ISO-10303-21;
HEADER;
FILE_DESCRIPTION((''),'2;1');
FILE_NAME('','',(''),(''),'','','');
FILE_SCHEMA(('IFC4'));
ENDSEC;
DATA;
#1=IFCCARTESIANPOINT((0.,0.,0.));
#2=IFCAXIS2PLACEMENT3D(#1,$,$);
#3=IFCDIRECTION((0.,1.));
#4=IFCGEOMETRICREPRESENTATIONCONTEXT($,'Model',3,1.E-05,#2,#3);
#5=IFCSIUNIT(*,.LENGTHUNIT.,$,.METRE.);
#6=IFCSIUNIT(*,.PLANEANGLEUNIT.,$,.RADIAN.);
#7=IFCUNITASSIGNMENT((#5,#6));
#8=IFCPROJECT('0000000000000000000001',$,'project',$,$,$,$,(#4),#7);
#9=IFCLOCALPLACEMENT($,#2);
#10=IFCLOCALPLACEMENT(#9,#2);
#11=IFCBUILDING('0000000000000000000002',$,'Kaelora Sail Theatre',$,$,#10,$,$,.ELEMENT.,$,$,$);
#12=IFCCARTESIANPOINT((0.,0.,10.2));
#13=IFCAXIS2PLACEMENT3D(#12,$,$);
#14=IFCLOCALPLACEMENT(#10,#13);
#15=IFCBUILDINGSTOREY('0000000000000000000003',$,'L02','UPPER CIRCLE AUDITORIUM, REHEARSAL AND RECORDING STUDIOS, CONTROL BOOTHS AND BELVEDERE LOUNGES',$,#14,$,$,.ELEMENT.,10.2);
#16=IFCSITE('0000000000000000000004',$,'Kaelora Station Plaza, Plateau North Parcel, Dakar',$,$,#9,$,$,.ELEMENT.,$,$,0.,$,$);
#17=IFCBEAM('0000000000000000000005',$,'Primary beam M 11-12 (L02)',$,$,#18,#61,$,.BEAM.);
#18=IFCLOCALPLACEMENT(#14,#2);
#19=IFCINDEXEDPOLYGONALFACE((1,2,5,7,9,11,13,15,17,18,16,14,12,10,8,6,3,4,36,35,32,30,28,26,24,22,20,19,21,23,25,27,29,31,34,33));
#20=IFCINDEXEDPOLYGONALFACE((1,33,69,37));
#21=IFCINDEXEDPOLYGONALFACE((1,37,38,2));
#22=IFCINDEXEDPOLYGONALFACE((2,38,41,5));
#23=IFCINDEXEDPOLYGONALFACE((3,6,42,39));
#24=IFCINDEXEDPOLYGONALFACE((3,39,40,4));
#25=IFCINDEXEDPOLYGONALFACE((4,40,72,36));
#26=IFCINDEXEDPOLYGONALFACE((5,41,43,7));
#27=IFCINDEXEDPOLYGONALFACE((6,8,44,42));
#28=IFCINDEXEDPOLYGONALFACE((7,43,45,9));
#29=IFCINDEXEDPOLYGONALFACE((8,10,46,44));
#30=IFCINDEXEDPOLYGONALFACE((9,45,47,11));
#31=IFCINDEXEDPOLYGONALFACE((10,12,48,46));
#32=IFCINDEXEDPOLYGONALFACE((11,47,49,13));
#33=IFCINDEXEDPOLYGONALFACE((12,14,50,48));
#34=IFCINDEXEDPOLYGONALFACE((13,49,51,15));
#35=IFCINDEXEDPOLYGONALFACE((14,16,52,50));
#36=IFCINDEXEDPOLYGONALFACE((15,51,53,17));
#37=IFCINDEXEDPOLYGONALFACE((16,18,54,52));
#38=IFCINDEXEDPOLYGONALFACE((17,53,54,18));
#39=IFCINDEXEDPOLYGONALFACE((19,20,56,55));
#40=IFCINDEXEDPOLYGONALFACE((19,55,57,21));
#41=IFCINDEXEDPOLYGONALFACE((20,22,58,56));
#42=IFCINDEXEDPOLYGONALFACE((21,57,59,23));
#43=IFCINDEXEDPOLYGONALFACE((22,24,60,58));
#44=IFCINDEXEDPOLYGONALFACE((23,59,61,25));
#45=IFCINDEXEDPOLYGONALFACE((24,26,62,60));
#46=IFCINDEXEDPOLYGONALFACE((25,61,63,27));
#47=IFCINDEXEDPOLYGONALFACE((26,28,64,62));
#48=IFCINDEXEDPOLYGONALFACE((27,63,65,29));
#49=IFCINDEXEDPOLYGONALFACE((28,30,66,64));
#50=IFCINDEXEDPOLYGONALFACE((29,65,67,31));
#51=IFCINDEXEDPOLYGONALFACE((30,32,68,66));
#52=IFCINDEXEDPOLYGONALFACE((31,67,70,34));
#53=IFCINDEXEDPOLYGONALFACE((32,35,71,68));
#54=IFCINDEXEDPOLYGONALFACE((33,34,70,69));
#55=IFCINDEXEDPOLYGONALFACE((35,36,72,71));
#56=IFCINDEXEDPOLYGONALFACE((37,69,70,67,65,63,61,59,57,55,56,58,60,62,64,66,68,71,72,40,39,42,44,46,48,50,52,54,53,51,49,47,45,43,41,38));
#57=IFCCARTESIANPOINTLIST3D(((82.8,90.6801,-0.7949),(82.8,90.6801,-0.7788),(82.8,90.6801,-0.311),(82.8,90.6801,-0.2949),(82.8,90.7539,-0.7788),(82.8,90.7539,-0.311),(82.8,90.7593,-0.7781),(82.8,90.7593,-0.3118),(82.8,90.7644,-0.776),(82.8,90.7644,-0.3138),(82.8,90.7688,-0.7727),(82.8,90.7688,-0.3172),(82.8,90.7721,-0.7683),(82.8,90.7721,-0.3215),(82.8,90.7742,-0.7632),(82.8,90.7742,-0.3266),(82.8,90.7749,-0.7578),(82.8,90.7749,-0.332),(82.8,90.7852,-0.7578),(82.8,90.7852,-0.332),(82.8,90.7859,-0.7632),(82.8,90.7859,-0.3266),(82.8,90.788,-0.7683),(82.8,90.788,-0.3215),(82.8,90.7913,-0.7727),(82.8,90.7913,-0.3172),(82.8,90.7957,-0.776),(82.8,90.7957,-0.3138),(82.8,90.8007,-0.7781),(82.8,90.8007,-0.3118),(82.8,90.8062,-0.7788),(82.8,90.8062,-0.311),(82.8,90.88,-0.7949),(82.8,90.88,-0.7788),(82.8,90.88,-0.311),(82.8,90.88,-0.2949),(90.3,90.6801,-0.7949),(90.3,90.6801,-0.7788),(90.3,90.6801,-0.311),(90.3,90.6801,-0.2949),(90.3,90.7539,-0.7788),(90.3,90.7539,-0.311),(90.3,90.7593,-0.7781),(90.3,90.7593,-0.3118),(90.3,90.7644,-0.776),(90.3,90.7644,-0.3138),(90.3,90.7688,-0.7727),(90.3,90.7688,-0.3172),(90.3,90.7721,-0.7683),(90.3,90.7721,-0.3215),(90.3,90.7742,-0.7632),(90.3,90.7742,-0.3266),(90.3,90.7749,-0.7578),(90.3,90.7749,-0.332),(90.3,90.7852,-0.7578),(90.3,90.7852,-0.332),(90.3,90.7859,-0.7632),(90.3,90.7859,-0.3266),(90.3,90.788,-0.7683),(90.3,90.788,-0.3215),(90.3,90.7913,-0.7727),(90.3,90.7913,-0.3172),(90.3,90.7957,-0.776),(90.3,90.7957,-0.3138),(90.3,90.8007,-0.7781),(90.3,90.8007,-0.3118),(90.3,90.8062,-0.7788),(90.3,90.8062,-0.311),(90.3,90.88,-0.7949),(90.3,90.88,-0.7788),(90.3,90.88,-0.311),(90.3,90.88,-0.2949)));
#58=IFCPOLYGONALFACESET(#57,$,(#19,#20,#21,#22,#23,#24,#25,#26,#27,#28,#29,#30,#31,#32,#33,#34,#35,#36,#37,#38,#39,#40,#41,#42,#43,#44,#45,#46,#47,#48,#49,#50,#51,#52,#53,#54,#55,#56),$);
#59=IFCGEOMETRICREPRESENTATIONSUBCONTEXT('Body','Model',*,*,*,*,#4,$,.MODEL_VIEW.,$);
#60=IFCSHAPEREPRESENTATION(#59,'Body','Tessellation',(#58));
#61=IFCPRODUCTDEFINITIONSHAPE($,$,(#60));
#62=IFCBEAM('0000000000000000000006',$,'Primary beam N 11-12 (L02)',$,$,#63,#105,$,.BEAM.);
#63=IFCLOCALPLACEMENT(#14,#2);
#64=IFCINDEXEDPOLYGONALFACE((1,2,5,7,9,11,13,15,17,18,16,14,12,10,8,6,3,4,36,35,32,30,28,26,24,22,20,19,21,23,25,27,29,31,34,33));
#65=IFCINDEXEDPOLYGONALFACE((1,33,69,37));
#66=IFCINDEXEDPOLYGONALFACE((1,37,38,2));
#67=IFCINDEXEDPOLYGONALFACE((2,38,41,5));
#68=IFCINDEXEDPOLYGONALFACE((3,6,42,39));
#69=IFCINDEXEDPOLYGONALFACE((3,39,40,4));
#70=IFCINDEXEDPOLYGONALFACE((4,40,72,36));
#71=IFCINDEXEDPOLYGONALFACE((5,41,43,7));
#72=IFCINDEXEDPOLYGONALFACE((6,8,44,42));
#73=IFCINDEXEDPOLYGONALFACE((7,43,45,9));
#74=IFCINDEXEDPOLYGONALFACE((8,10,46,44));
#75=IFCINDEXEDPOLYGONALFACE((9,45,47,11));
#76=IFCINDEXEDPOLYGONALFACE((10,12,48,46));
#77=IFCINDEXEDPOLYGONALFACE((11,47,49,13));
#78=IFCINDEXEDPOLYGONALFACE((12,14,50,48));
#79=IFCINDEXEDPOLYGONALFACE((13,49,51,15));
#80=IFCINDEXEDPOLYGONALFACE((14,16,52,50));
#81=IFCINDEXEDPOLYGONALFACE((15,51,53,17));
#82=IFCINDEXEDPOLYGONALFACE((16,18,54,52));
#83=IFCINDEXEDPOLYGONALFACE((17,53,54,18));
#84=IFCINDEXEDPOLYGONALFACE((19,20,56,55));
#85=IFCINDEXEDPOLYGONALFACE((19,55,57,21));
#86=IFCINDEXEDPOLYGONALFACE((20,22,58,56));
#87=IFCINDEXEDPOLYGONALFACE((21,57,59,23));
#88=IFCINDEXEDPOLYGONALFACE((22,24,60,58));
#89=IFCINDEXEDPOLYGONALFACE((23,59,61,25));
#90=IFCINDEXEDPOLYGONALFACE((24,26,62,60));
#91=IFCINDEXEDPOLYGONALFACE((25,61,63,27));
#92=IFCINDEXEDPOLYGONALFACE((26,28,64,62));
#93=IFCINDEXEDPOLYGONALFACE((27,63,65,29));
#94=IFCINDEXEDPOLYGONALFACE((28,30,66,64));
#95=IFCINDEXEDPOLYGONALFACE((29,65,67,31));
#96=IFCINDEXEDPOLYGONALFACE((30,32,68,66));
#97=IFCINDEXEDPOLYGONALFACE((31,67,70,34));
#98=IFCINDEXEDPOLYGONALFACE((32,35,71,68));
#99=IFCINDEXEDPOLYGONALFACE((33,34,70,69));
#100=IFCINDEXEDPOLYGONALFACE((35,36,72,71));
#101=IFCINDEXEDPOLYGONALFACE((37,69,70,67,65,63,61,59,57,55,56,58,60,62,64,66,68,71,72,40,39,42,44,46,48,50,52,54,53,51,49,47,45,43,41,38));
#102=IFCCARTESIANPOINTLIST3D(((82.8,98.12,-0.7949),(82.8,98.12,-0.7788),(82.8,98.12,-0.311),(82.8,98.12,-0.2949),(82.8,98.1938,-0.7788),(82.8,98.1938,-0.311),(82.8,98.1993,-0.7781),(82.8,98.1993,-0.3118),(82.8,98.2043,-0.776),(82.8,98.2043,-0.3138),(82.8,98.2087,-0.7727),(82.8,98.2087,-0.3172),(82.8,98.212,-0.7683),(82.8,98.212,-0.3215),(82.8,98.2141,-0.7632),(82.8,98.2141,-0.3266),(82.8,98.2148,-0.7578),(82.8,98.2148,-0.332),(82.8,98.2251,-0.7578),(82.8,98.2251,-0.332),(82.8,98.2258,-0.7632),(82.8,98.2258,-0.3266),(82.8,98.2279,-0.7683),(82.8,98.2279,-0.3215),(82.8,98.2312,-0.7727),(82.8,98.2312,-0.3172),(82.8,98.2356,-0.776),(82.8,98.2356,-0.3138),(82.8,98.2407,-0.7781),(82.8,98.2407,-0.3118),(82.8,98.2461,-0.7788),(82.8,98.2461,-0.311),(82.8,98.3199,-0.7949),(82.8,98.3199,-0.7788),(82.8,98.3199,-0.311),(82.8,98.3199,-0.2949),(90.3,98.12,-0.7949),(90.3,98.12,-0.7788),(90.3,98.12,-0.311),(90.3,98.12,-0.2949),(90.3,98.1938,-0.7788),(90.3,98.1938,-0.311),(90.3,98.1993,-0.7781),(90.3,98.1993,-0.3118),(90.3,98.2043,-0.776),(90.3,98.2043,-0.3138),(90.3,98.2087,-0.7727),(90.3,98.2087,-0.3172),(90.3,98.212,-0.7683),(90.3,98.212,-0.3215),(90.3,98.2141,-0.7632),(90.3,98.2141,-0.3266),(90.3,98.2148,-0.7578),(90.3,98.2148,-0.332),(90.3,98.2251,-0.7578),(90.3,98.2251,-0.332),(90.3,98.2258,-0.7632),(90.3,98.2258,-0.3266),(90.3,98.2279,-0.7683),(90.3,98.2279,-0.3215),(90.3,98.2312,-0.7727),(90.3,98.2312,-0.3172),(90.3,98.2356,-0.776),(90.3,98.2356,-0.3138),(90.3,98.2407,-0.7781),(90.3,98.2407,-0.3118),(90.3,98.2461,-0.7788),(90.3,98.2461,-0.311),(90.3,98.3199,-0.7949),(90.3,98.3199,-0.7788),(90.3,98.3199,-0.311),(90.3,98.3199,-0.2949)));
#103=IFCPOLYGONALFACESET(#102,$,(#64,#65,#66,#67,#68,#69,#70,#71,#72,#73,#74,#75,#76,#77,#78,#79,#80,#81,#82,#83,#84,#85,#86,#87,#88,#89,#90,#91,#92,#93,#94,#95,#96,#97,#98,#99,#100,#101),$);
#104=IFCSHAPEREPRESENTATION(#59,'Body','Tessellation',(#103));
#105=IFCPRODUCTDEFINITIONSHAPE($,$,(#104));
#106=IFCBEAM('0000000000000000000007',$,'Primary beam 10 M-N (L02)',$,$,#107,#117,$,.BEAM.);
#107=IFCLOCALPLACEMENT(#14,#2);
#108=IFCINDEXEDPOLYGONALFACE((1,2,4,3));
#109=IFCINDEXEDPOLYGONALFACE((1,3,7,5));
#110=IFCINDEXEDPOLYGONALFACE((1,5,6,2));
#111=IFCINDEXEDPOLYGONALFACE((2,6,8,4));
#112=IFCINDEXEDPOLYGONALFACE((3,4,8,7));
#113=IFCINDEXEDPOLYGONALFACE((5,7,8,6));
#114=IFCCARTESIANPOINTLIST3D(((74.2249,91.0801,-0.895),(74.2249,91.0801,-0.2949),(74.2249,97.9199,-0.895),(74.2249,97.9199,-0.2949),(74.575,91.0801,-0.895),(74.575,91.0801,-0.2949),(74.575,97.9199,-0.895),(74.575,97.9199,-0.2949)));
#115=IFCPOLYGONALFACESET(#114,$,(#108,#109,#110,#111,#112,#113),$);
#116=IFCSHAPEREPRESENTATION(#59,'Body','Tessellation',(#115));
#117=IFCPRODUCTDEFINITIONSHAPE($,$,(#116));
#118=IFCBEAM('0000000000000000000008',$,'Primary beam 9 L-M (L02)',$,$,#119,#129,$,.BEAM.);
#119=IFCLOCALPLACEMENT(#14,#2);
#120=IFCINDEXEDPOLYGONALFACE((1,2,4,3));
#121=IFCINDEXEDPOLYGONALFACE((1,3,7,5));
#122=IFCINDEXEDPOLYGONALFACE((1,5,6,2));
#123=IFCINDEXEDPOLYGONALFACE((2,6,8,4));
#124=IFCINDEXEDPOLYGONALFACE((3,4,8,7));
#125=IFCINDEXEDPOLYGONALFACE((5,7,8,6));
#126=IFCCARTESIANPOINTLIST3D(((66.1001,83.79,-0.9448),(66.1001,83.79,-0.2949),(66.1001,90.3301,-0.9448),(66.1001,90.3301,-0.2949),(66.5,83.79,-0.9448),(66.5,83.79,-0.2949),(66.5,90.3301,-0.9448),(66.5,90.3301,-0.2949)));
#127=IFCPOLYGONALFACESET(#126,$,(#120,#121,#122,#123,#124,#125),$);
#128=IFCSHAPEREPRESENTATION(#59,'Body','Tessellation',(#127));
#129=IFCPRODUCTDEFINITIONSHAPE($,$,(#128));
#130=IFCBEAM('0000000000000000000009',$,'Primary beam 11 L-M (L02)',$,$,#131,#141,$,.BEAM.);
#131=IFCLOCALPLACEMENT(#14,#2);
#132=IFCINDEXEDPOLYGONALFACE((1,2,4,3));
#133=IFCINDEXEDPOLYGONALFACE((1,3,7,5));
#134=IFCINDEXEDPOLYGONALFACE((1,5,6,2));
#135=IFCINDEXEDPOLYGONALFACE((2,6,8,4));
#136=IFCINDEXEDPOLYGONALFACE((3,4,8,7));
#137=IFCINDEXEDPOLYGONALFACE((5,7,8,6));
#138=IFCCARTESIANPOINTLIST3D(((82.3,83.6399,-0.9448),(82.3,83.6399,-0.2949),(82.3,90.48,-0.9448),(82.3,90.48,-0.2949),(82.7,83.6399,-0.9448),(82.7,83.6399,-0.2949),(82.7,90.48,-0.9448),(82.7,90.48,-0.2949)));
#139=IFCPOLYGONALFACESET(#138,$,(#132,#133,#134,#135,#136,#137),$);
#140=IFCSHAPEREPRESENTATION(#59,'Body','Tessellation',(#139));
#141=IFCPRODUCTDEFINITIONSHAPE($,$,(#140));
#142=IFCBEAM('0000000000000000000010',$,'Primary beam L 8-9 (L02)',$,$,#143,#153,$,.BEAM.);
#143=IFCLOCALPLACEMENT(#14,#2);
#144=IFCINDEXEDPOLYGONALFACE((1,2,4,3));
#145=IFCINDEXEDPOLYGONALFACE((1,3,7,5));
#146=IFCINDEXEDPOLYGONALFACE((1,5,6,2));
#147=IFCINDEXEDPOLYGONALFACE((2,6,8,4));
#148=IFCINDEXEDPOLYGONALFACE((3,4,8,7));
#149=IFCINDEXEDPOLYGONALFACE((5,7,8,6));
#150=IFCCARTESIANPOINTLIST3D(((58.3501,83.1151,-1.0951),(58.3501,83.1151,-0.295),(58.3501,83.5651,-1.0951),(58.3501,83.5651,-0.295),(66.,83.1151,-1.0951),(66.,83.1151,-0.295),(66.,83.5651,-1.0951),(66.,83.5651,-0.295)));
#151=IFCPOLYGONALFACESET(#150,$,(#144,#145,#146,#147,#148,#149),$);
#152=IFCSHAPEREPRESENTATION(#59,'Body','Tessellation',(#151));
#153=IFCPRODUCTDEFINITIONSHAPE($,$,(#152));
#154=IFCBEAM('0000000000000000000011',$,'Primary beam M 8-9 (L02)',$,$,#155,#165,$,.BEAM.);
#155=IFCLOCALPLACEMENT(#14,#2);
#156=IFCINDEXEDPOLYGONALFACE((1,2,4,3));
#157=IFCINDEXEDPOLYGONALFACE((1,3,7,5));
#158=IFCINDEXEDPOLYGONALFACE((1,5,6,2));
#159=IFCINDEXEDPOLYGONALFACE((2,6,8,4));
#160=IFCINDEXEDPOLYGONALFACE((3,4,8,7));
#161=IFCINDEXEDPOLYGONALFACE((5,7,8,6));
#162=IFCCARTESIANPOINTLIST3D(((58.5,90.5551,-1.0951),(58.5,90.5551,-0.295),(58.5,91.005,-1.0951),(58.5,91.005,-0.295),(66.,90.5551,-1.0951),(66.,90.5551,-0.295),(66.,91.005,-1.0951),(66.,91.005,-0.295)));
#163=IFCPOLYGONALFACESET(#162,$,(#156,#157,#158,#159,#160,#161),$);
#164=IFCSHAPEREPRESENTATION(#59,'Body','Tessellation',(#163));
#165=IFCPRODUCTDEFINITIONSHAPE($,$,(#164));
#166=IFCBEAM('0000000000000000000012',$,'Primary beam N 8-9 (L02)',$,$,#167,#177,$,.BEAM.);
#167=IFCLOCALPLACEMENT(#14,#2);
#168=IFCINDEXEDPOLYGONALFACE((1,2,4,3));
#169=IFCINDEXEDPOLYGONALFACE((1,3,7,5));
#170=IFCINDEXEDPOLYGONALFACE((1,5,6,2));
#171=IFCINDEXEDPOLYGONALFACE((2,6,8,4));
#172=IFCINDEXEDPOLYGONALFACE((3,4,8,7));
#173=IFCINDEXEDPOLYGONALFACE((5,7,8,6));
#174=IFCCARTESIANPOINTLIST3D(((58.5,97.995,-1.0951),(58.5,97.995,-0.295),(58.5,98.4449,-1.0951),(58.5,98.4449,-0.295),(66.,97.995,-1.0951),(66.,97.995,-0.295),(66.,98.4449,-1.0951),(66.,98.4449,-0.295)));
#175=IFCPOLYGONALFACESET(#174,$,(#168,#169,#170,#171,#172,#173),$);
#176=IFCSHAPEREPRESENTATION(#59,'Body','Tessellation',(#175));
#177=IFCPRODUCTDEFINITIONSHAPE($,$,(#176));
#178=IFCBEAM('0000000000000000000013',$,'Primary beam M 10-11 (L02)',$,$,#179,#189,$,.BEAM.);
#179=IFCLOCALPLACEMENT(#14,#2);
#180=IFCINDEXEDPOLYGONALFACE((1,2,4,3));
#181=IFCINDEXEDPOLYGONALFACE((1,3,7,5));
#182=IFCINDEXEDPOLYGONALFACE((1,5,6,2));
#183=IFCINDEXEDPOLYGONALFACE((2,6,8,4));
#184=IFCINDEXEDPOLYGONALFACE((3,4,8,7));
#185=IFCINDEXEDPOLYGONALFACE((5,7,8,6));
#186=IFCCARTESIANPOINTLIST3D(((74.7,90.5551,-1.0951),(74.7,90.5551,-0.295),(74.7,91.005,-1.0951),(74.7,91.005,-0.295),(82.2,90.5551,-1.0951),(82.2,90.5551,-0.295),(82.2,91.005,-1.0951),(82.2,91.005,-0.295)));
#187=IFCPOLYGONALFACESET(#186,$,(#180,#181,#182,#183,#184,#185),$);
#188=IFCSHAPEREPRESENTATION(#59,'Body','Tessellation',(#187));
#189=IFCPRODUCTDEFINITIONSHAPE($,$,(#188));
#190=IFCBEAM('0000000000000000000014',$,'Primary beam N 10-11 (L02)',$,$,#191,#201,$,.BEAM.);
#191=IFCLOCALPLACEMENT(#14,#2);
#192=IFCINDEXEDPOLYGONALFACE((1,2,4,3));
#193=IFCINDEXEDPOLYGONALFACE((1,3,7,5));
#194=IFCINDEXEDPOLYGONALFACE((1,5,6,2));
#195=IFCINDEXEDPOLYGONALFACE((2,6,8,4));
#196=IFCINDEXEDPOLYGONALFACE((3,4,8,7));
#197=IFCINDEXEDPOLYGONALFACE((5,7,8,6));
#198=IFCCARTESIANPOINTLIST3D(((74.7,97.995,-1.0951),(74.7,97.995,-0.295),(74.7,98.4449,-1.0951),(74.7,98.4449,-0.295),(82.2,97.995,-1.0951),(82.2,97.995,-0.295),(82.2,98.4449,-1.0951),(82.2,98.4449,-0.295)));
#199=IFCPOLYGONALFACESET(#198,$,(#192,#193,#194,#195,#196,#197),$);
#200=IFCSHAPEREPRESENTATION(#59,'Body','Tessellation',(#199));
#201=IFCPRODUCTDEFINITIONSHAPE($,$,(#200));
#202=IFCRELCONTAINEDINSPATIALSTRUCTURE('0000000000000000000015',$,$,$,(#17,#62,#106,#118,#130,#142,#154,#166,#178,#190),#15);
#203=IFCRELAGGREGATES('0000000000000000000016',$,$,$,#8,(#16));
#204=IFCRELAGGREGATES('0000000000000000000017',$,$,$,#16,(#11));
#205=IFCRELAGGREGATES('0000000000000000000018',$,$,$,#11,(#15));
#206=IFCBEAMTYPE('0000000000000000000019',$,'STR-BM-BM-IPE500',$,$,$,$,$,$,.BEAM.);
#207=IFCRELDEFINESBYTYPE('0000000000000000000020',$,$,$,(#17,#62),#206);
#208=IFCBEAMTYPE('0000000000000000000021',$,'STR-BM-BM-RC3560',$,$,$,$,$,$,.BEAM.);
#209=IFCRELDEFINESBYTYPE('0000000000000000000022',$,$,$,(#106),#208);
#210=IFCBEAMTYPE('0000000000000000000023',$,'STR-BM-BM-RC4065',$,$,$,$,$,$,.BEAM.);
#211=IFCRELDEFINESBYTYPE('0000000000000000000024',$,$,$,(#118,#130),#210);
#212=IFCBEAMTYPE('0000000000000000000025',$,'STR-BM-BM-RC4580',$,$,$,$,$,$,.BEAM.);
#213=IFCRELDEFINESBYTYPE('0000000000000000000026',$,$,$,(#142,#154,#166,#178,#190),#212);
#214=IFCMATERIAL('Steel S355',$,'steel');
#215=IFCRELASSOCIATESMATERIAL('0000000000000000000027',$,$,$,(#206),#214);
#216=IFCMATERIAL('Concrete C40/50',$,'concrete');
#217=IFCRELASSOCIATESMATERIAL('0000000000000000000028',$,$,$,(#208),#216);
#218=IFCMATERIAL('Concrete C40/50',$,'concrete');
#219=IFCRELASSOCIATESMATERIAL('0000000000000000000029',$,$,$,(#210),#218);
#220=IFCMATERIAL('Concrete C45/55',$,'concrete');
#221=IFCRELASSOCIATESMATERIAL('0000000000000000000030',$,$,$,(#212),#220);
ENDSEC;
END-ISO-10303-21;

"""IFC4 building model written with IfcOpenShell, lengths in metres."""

from ifc_helpers import new_model, si_unit, direction, frame, origin, origin_2d, place, context, subcontext, project, spatial, rectangle, i_section, extrude, material, material_profile, profile_set, type_object, element, save


model = new_model("IFC4")

# Units and contexts
model_context = context("Model", 3, precision=1e-05, world=origin(), true_north=direction((0.0, 1.0)))
body_context = subcontext(model_context, "Body", "Model", "MODEL_VIEW")
ifc_project = project(units=[si_unit("LENGTHUNIT", "METRE"), si_unit("PLANEANGLEUNIT", "RADIAN")], contexts=[model_context])

# Site, building, storey
site_placement = place(None, origin())
site = spatial("IfcSite", under=ifc_project, at=site_placement, Name="Kaelora Station Plaza, Plateau North Parcel, Dakar", CompositionType="ELEMENT", RefElevation=0.0)
building_placement = place(site_placement, origin())
building = spatial("IfcBuilding", under=site, at=building_placement, Name="Kaelora Sail Theatre", CompositionType="ELEMENT")
storey_placement = place(building_placement, frame((0.0, 0.0, 10.2)))
storey = spatial("IfcBuildingStorey", under=building, at=storey_placement, Name="L02", Description="UPPER CIRCLE AUDITORIUM, REHEARSAL AND RECORDING STUDIOS, CONTROL BOOTHS AND BELVEDERE LOUNGES", CompositionType="ELEMENT", Elevation=10.2)

# Beams
ifc_material_1 = material(Name="Steel S355", Category="steel")
ifc_material_profile_1 = material_profile(ifc_material_1, i_section(OverallWidth=0.2, OverallDepth=0.5, WebThickness=0.0103, FlangeThickness=0.0161, FilletRadius=0.021, at=origin_2d()), Name="IPE 500")
ifc_profile_set_1 = profile_set([ifc_material_profile_1], Name="Steel S355")
beam_type_1 = type_object("IfcBeamType", Name="STR-BM-BM-IPE500", PredefinedType="BEAM", material=ifc_profile_set_1)
for number, where, z_axis, x_axis, name in (
    (1, (82.8, 90.78, -0.5449), (1.0, 0.0, 0.0), (0.0, 1.0, 0.0), "Primary beam M 11-12 (L02)"),
    (2, (82.8, 98.22, -0.5449), (1.0, 0.0, 0.0), (0.0, 1.0, 0.0), "Primary beam N 11-12 (L02)"),
):
    element("IfcBeam", number, at=place(storey_placement, frame(where, z_axis=z_axis, x_axis=x_axis)), inside=storey, type_object=beam_type_1, Name=name, PredefinedType="BEAM", context=body_context, shape_type="SweptSolid", body=[
        extrude(i_section(OverallWidth=0.2, OverallDepth=0.5, WebThickness=0.0103, FlangeThickness=0.0161, FilletRadius=0.021, at=origin_2d()), origin(), (0.0, 0.0, 1.0), 7.5),
    ])
ifc_material_2 = material(Name="Concrete C40/50", Category="concrete")
ifc_material_profile_2 = material_profile(ifc_material_2, rectangle(XDim=0.3501, YDim=0.6001, at=origin_2d()), Name="RC-BM 350x600")
ifc_profile_set_2 = profile_set([ifc_material_profile_2], Name="Concrete C40/50")
beam_type_2 = type_object("IfcBeamType", Name="STR-BM-BM-RC3560", PredefinedType="BEAM", material=ifc_profile_set_2)
beam_1_placement = place(storey_placement, frame((74.3999, 91.0801, -0.595), z_axis=(0.0, 1.0, 0.0), x_axis=(-1.0, 0.0, 0.0)))
element("IfcBeam", 3, at=beam_1_placement, inside=storey, type_object=beam_type_2, Name="Primary beam 10 M-N (L02)", PredefinedType="BEAM", context=body_context, shape_type="SweptSolid", body=[
    extrude(rectangle(XDim=0.3501, YDim=0.6001, at=origin_2d()), origin(), (0.0, 0.0, 1.0), 6.8398),
])
ifc_material_3 = material(Name="Concrete C40/50", Category="concrete")
ifc_material_profile_3 = material_profile(ifc_material_3, rectangle(XDim=0.3999, YDim=0.6499, at=origin_2d()), Name="RC-BM 400x650")
ifc_profile_set_3 = profile_set([ifc_material_profile_3], Name="Concrete C40/50")
beam_type_3 = type_object("IfcBeamType", Name="STR-BM-BM-RC4065", PredefinedType="BEAM", material=ifc_profile_set_3)
beam_2_placement = place(storey_placement, frame((66.3, 83.79, -0.6199), z_axis=(0.0, 1.0, 0.0), x_axis=(-1.0, 0.0, 0.0)))
element("IfcBeam", 4, at=beam_2_placement, inside=storey, type_object=beam_type_3, Name="Primary beam 9 L-M (L02)", PredefinedType="BEAM", context=body_context, shape_type="SweptSolid", body=[
    extrude(rectangle(XDim=0.3999, YDim=0.6499, at=origin_2d()), origin(), (0.0, 0.0, 1.0), 6.54),
])
beam_3_placement = place(storey_placement, frame((82.5, 83.6399, -0.6199), z_axis=(0.0, 1.0, 0.0), x_axis=(-1.0, 0.0, 0.0)))
element("IfcBeam", 5, at=beam_3_placement, inside=storey, type_object=beam_type_3, Name="Primary beam 11 L-M (L02)", PredefinedType="BEAM", context=body_context, shape_type="SweptSolid", body=[
    extrude(rectangle(XDim=0.3999, YDim=0.6499, at=origin_2d()), origin(), (0.0, 0.0, 1.0), 6.8401),
])
ifc_material_4 = material(Name="Concrete C45/55", Category="concrete")
ifc_material_profile_4 = material_profile(ifc_material_4, rectangle(XDim=0.45, YDim=0.8, at=origin_2d()), Name="RC-BM 450x800")
ifc_profile_set_4 = profile_set([ifc_material_profile_4], Name="Concrete C45/55")
beam_type_4 = type_object("IfcBeamType", Name="STR-BM-BM-RC4580", PredefinedType="BEAM", material=ifc_profile_set_4)
beam_4_placement = place(storey_placement, frame((58.3501, 83.3401, -0.6951), z_axis=(1.0, 0.0, 0.0), x_axis=(0.0, 1.0, 0.0)))
element("IfcBeam", 6, at=beam_4_placement, inside=storey, type_object=beam_type_4, Name="Primary beam L 8-9 (L02)", PredefinedType="BEAM", context=body_context, shape_type="SweptSolid", body=[
    extrude(rectangle(XDim=0.45, YDim=0.8, at=origin_2d()), origin(), (0.0, 0.0, 1.0), 7.6499),
])
for number, where, z_axis, x_axis, name in (
    (7, (58.5, 90.78, -0.6951), (1.0, 0.0, 0.0), (0.0, 1.0, 0.0), "Primary beam M 8-9 (L02)"),
    (8, (58.5, 98.22, -0.6951), (1.0, 0.0, 0.0), (0.0, 1.0, 0.0), "Primary beam N 8-9 (L02)"),
    (9, (74.7, 90.78, -0.6951), (1.0, 0.0, 0.0), (0.0, 1.0, 0.0), "Primary beam M 10-11 (L02)"),
    (10, (74.7, 98.22, -0.6951), (1.0, 0.0, 0.0), (0.0, 1.0, 0.0), "Primary beam N 10-11 (L02)"),
):
    element("IfcBeam", number, at=place(storey_placement, frame(where, z_axis=z_axis, x_axis=x_axis)), inside=storey, type_object=beam_type_4, Name=name, PredefinedType="BEAM", context=body_context, shape_type="SweptSolid", body=[
        extrude(rectangle(XDim=0.45, YDim=0.8, at=origin_2d()), origin(), (0.0, 0.0, 1.0), 7.5),
    ])

save(model, "model.ifc")
